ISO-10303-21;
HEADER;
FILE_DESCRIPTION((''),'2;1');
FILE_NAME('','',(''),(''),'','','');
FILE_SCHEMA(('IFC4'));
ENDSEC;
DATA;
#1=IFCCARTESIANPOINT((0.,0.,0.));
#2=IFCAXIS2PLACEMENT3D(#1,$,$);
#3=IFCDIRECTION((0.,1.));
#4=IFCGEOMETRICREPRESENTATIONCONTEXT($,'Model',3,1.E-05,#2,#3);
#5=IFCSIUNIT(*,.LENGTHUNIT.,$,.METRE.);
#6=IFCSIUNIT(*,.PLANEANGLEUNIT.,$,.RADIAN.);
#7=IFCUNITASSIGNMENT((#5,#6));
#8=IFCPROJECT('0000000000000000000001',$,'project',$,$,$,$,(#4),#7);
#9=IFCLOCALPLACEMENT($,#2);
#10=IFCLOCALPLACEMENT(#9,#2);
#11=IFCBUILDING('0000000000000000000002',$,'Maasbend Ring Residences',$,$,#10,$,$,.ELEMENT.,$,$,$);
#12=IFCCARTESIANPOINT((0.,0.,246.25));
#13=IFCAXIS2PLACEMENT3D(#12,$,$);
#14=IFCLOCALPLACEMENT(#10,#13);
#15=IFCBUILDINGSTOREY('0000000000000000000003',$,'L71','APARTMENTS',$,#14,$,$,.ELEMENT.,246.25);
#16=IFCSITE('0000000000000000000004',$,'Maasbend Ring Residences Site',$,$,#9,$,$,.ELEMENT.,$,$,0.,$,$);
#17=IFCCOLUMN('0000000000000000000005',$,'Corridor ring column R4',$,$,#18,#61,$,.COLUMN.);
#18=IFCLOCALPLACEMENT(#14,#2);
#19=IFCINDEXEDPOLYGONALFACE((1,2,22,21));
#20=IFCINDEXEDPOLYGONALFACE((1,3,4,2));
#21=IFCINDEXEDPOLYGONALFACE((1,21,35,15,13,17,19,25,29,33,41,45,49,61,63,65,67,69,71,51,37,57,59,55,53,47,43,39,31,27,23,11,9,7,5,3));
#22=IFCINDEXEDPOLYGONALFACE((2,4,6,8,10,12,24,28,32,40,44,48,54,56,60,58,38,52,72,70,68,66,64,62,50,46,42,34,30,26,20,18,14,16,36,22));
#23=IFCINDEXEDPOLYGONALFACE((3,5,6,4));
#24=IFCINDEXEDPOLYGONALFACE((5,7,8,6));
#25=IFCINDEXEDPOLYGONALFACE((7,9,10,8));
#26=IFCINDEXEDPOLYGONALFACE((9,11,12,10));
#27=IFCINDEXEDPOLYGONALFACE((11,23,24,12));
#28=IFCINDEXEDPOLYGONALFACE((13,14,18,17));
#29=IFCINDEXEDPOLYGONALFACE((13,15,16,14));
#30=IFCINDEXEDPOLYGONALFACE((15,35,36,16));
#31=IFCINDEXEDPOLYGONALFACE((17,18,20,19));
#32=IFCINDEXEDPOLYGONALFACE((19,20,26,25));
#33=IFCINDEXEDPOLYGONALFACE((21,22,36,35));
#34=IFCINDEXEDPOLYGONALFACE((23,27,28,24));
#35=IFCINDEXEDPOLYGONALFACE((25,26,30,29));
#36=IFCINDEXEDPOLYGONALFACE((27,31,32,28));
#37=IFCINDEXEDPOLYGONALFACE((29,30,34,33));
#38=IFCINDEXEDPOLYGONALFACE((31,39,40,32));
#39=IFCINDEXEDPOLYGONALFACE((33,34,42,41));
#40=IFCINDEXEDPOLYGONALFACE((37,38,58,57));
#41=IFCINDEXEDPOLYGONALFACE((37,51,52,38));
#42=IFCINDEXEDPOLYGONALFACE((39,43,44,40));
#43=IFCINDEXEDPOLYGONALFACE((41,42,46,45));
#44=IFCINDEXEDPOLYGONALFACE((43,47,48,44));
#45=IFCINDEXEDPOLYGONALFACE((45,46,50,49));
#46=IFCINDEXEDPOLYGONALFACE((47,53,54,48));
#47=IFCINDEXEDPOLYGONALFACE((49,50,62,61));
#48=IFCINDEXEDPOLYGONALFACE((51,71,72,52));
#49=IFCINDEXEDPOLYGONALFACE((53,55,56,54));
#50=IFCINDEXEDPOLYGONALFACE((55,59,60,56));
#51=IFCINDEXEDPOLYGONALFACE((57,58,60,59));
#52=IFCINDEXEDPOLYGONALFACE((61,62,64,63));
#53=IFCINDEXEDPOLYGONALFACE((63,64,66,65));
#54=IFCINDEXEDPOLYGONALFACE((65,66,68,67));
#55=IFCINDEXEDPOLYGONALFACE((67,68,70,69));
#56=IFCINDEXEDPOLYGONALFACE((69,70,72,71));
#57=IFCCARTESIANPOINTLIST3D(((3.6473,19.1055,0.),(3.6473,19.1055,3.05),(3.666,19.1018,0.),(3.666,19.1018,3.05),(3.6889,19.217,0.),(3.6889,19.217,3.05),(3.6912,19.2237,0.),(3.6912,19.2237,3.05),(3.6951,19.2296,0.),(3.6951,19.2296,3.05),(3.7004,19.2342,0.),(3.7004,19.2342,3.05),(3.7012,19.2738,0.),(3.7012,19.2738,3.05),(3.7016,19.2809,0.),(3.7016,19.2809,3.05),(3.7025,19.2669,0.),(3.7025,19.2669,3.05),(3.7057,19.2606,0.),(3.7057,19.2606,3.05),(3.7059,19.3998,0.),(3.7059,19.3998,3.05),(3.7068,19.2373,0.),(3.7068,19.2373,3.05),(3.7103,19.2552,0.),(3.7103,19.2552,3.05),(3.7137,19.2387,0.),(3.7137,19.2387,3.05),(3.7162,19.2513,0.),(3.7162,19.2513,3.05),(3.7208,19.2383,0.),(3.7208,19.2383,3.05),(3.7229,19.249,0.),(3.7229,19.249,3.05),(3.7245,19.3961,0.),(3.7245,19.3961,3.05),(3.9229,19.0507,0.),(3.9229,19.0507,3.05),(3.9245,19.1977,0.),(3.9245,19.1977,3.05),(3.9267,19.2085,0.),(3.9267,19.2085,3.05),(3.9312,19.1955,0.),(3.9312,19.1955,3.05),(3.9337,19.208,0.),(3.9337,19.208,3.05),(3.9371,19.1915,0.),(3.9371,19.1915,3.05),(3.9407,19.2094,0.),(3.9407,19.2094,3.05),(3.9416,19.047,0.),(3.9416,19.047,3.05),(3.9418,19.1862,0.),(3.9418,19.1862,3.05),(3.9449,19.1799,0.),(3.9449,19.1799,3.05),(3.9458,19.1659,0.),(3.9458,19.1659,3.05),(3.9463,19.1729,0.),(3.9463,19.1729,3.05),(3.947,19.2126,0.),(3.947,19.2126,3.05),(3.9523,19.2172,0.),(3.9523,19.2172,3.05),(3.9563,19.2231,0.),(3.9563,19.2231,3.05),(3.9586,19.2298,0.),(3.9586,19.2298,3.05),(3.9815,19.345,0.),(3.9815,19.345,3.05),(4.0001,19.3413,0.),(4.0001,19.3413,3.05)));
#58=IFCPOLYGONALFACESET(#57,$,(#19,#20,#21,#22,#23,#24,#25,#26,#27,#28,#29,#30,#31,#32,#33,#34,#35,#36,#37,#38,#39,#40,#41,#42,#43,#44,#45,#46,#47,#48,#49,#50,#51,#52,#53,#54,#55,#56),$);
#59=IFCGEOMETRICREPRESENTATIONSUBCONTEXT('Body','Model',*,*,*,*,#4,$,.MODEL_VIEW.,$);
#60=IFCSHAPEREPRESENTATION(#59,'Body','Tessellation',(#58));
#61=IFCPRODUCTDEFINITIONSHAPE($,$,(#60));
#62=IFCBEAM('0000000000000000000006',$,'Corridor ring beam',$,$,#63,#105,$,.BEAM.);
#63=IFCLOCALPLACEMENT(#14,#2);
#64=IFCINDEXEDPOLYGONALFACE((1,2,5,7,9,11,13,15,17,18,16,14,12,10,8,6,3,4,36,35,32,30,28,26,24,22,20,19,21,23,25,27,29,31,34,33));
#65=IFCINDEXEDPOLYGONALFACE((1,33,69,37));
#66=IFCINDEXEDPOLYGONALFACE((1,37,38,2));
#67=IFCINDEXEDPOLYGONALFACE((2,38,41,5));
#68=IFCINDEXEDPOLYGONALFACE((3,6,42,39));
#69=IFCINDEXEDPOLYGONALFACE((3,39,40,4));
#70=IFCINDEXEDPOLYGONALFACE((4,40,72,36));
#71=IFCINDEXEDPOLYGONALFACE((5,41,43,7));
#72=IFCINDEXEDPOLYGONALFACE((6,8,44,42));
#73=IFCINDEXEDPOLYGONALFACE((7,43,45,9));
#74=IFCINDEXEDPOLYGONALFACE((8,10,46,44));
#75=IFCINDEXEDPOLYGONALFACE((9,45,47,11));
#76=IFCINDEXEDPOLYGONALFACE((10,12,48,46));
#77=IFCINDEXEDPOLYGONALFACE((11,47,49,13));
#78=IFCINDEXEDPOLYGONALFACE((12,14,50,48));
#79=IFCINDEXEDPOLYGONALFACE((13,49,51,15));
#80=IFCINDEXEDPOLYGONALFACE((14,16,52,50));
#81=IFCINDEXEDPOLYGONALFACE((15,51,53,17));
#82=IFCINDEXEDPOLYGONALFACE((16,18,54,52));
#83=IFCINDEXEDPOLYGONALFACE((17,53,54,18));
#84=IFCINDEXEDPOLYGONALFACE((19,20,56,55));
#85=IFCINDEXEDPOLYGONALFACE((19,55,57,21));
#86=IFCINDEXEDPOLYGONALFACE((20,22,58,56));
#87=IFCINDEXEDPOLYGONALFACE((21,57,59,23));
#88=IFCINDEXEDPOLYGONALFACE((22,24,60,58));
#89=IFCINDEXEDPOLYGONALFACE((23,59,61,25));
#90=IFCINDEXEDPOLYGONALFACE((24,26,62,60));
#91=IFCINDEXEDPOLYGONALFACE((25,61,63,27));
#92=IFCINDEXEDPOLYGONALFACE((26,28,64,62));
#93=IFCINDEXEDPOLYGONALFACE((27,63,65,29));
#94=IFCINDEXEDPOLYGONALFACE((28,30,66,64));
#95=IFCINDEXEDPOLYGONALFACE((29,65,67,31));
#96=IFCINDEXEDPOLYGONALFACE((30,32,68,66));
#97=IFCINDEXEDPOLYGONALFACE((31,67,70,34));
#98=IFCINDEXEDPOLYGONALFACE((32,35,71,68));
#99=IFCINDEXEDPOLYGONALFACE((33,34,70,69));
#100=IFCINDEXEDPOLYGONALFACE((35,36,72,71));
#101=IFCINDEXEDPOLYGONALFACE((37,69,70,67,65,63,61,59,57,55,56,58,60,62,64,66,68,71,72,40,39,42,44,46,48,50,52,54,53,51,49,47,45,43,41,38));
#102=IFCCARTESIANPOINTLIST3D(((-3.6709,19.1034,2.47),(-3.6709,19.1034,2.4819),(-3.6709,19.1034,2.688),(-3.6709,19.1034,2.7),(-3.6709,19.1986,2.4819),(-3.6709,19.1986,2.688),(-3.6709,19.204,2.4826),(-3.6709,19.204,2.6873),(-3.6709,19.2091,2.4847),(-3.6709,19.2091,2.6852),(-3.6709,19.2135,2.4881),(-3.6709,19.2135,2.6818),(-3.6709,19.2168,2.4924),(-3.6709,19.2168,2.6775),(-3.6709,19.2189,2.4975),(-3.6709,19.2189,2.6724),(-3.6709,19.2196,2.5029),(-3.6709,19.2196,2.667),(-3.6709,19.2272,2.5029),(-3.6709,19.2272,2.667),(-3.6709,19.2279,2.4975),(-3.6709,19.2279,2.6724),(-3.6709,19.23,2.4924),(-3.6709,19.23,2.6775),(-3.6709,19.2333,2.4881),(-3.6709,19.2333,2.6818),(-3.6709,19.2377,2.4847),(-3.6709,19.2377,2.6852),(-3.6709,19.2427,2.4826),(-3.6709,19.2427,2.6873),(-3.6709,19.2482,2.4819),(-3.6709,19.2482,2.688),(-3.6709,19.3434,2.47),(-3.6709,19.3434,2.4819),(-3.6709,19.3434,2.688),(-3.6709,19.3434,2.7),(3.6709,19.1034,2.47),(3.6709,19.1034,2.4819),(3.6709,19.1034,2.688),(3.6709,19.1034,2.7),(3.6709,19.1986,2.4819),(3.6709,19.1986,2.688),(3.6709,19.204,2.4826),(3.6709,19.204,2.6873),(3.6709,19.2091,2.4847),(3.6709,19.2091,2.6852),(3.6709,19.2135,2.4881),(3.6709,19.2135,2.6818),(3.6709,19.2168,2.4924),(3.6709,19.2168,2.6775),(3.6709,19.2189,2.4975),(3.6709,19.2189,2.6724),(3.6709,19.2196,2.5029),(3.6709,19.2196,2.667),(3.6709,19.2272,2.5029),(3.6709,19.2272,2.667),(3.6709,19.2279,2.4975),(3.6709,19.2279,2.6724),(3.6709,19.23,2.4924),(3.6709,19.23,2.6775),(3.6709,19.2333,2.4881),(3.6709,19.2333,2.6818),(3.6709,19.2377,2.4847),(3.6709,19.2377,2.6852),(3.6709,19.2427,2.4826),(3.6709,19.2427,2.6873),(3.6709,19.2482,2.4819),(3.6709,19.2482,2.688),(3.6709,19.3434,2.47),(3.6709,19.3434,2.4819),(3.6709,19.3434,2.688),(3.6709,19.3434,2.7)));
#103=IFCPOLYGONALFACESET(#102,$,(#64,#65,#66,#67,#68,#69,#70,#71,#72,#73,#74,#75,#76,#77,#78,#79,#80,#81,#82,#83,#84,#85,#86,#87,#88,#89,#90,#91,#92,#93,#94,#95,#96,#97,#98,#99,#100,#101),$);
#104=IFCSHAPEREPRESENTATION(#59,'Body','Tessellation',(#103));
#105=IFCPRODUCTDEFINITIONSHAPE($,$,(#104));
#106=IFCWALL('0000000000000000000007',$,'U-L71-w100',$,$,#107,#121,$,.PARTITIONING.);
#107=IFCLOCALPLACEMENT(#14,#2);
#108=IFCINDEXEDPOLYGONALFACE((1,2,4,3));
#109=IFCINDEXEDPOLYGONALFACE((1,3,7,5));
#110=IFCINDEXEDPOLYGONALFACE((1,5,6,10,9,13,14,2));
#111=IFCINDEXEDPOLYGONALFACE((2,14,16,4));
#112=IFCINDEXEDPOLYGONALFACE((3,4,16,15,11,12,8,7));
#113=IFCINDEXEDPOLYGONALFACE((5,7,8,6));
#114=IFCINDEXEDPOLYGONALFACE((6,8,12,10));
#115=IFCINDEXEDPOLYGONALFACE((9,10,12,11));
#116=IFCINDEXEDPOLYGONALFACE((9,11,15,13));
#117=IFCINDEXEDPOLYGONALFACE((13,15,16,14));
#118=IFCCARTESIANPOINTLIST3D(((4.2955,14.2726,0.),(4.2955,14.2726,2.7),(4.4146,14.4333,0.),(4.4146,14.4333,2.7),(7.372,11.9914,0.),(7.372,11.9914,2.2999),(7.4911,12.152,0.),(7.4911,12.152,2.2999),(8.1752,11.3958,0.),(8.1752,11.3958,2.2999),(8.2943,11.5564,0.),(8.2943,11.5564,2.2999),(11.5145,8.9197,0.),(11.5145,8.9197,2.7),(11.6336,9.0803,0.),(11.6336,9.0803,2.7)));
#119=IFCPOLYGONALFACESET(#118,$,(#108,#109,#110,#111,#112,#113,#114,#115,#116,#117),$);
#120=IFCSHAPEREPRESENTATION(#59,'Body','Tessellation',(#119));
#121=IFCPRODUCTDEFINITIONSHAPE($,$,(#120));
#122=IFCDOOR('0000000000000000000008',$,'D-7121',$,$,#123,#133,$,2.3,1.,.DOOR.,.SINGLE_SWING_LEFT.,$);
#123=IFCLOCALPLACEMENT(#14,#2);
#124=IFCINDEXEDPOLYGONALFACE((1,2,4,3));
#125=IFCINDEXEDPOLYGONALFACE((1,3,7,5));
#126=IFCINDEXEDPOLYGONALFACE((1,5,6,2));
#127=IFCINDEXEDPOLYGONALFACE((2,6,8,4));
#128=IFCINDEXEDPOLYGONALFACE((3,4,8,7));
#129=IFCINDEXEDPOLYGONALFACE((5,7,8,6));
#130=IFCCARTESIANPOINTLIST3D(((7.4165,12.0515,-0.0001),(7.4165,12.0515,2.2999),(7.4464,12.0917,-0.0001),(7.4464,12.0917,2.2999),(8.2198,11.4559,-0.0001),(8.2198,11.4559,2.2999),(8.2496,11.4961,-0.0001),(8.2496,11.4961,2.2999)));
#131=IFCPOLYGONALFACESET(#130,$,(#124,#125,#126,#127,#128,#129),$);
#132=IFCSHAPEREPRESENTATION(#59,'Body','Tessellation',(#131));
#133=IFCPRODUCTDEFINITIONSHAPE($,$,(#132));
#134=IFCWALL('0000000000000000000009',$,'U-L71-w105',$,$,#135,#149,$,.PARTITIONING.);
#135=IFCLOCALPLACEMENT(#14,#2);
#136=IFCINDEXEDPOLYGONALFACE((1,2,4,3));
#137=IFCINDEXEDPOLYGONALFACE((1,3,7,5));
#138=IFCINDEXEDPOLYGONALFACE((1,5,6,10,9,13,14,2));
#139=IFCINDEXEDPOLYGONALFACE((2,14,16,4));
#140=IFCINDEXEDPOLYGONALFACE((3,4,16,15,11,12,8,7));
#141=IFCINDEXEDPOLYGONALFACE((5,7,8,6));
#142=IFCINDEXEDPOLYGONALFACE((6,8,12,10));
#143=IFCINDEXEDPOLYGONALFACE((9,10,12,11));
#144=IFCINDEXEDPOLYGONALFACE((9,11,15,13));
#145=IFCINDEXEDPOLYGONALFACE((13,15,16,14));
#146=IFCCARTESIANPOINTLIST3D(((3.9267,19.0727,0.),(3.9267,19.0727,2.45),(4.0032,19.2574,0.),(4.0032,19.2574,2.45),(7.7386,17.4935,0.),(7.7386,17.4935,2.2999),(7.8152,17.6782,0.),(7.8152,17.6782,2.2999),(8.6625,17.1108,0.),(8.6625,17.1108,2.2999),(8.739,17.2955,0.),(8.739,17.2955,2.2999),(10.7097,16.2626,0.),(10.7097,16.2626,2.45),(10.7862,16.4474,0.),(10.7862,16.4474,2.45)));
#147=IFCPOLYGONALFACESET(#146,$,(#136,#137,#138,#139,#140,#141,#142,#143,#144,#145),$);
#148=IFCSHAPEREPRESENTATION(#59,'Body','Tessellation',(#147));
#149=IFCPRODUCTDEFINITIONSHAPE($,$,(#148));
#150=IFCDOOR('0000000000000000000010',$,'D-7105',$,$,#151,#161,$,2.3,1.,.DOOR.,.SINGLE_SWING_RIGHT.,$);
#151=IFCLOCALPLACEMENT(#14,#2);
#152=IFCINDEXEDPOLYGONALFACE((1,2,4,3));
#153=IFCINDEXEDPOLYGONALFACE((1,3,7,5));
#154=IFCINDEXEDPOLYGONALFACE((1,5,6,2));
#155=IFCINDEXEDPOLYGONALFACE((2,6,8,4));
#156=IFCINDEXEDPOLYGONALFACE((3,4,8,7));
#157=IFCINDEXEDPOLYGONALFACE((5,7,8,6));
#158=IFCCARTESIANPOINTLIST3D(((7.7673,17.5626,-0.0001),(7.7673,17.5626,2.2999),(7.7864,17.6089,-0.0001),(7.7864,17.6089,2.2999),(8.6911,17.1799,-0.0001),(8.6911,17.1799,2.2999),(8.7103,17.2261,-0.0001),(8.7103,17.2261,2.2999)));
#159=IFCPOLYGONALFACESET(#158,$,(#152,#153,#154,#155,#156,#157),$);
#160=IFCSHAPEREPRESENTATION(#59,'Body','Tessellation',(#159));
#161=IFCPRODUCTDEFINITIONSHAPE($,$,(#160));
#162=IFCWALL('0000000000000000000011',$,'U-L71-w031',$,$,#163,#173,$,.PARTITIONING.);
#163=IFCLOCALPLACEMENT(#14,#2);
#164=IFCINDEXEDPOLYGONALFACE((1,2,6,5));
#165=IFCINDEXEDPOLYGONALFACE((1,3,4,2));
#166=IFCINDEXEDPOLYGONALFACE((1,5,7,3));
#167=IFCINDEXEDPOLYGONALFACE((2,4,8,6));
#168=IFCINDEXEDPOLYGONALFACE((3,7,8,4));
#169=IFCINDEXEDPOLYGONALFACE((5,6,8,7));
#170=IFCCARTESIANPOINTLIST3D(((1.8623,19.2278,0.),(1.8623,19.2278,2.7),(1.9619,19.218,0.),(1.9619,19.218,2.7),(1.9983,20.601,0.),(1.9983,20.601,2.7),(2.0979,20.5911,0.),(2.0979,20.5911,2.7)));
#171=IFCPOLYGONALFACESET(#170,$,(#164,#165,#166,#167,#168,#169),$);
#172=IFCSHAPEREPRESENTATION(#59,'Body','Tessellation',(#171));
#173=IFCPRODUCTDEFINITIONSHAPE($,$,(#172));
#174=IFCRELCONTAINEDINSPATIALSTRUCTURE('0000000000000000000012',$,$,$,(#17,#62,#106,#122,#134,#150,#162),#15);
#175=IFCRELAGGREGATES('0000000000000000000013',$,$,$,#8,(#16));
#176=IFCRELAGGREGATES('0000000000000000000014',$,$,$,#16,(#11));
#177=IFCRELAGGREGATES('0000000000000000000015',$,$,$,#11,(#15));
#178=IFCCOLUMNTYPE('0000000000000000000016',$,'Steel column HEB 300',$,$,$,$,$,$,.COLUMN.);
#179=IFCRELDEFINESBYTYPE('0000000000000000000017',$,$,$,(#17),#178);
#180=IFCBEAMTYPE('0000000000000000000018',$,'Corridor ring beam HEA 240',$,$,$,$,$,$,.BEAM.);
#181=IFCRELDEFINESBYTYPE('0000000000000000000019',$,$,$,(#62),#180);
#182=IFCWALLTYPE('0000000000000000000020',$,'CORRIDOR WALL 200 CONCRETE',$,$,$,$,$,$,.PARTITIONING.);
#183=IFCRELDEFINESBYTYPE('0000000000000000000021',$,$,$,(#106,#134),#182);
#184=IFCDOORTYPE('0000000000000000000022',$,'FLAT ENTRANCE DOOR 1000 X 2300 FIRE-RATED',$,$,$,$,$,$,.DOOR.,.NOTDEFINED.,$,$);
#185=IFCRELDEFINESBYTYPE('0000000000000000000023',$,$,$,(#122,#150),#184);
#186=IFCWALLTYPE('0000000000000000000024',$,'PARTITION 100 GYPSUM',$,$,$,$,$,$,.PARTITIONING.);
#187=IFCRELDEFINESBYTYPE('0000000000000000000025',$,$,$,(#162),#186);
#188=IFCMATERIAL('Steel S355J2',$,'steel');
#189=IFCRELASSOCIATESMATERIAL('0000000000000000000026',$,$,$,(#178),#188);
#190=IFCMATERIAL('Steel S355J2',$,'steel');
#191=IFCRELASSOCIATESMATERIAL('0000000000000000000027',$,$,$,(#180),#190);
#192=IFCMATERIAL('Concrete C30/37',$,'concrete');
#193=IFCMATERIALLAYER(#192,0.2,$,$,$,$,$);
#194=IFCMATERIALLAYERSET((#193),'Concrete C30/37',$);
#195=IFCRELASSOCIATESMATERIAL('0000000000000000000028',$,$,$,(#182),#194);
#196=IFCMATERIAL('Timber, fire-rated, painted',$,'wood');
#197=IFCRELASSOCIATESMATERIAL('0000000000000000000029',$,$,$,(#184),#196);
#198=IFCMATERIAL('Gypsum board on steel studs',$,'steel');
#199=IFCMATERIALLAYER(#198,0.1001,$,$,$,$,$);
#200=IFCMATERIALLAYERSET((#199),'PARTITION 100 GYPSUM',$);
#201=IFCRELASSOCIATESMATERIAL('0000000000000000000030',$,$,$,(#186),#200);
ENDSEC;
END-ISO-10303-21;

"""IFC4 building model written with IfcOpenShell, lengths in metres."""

from ifc_helpers import new_model, si_unit, direction, frame, frame_2d, origin, origin_2d, place, context, subcontext, project, spatial, rectangle, i_section, extrude, material, layer, layer_set, material_profile, profile_set, type_object, element, fill, save


model = new_model("IFC4")

# Units and contexts
model_context = context("Model", 3, precision=1e-05, world=origin(), true_north=direction((0.0, 1.0)))
body_context = subcontext(model_context, "Body", "Model", "MODEL_VIEW")
ifc_project = project(units=[si_unit("LENGTHUNIT", "METRE"), si_unit("PLANEANGLEUNIT", "RADIAN")], contexts=[model_context])

# Site, building, storey
site_placement = place(None, origin())
site = spatial("IfcSite", under=ifc_project, at=site_placement, Name="Maasbend Ring Residences Site", CompositionType="ELEMENT", RefElevation=0.0)
building_placement = place(site_placement, origin())
building = spatial("IfcBuilding", under=site, at=building_placement, Name="Maasbend Ring Residences", CompositionType="ELEMENT")
storey_placement = place(building_placement, frame((0.0, 0.0, 246.25)))
storey = spatial("IfcBuildingStorey", under=building, at=storey_placement, Name="L71", Description="APARTMENTS", CompositionType="ELEMENT", Elevation=246.25)

# Column
ifc_material_1 = material(Name="Steel S355J2", Category="steel")
ifc_material_profile_1 = material_profile(ifc_material_1, i_section(OverallWidth=0.3, OverallDepth=0.3, WebThickness=0.011, FlangeThickness=0.019, FilletRadius=0.0271, at=origin_2d()), Name="HEB 300")
ifc_profile_set_1 = profile_set([ifc_material_profile_1], Name="Steel S355J2")
column_type = type_object("IfcColumnType", Name="Steel column HEB 300", PredefinedType="COLUMN", material=ifc_profile_set_1)
column_placement = place(storey_placement, frame((3.8237, 19.2234, 0.0), z_axis=(0.0, 0.0, 1.0), x_axis=(0.19509, 0.980785, 0.0)))
element("IfcColumn", 1, at=column_placement, inside=storey, type_object=column_type, Name="Corridor ring column R4", PredefinedType="COLUMN", context=body_context, shape_type="SweptSolid", body=[
    extrude(i_section(OverallWidth=0.3, OverallDepth=0.3, WebThickness=0.011, FlangeThickness=0.019, FilletRadius=0.0271, at=origin_2d()), origin(), (0.0, 0.0, 1.0), 3.05),
])

# Beam
ifc_material_2 = material(Name="Steel S355J2", Category="steel")
ifc_material_profile_2 = material_profile(ifc_material_2, i_section(OverallWidth=0.24, OverallDepth=0.23, WebThickness=0.0076, FlangeThickness=0.012, FilletRadius=0.021, at=origin_2d()), Name="HEA 240")
ifc_profile_set_2 = profile_set([ifc_material_profile_2], Name="Steel S355J2")
beam_type = type_object("IfcBeamType", Name="Corridor ring beam HEA 240", PredefinedType="BEAM", material=ifc_profile_set_2)
beam_placement = place(storey_placement, frame((3.6709, 19.2234, 2.585), z_axis=(-1.0, 0.0, 0.0), x_axis=(0.0, -1.0, 0.0)))
element("IfcBeam", 2, at=beam_placement, inside=storey, type_object=beam_type, Name="Corridor ring beam", PredefinedType="BEAM", context=body_context, shape_type="SweptSolid", body=[
    extrude(i_section(OverallWidth=0.24, OverallDepth=0.23, WebThickness=0.0076, FlangeThickness=0.012, FilletRadius=0.021, at=origin_2d()), origin(), (0.0, 0.0, 1.0), 7.3418),
])

# Walls, openings, doors
ifc_material_3 = material(Name="Concrete C30/37", Category="concrete")
ifc_layer_1 = layer(ifc_material_3, 0.2)
ifc_layer_set_1 = layer_set([ifc_layer_1], Name="Concrete C30/37")
wall_type_1 = type_object("IfcWallType", Name="CORRIDOR WALL 200 CONCRETE", PredefinedType="PARTITIONING", material=ifc_layer_set_1)
wall_1_placement = place(storey_placement, frame((4.355, 14.353, 0.0), z_axis=(0.0, 0.0, 1.0), x_axis=(0.803258, -0.595632, 0.0)))
wall_1 = element("IfcWall", 3, at=wall_1_placement, inside=storey, type_object=wall_type_1, Name="U-L71-w100", PredefinedType="PARTITIONING", context=body_context, shape_type="SweptSolid", body=[
    extrude(rectangle(XDim=8.9871, YDim=0.2, at=frame_2d((4.4937, 0.0))), origin(), (0.0, 0.0, 1.0), 2.7),
])
opening_1_placement = place(wall_1_placement, frame((3.8301, 0.0, 0.0)))
opening_1 = element("IfcOpeningElement", 4, at=opening_1_placement, cuts=wall_1, PredefinedType="OPENING", context=body_context, shape_type="SweptSolid", body=[
    extrude(rectangle(XDim=1.0, YDim=2.3, at=frame_2d((0.5, 1.1499))), frame((0.0, 0.1099, 0.0), z_axis=(0.0, -1.0, 0.0), x_axis=(1.0, 0.0, 0.0)), (0.0, 0.0, 1.0), 0.22),
])
ifc_material_4 = material(Name="Timber, fire-rated, painted", Category="wood")
door_type_1 = type_object("IfcDoorType", Name="FLAT ENTRANCE DOOR 1000 X 2300 FIRE-RATED", OperationType="NOTDEFINED", PredefinedType="DOOR", material=ifc_material_4)
door_1_placement = place(opening_1_placement, origin())
door_1 = element("IfcDoor", 5, at=door_1_placement, inside=storey, type_object=door_type_1, Name="D-7121", OperationType="SINGLE_SWING_LEFT", OverallHeight=2.3, OverallWidth=1.0, PredefinedType="DOOR", context=body_context, shape_type="SweptSolid", body=[
    extrude(rectangle(XDim=1.0, YDim=2.3, at=frame_2d((0.5, 1.1499))), frame((0.0, 0.0249, 0.0), z_axis=(0.0, -1.0, 0.0), x_axis=(1.0, 0.0, 0.0)), (0.0, 0.0, 1.0), 0.05),
])
fill(opening_1, door_1)
wall_2_placement = place(storey_placement, frame((3.9651, 19.165, 0.0), z_axis=(0.0, 0.0, 1.0), x_axis=(0.923857, -0.382737, 0.0)))
wall_2 = element("IfcWall", 6, at=wall_2_placement, inside=storey, type_object=wall_type_1, Name="U-L71-w105", PredefinedType="PARTITIONING", context=body_context, shape_type="SweptSolid", body=[
    extrude(rectangle(XDim=7.342, YDim=0.2, at=frame_2d((3.6709, 0.0))), origin(), (0.0, 0.0, 1.0), 2.45),
])
opening_2_placement = place(wall_2_placement, frame((4.126, 0.0, 0.0)))
opening_2 = element("IfcOpeningElement", 7, at=opening_2_placement, cuts=wall_2, PredefinedType="OPENING", context=body_context, shape_type="SweptSolid", body=[
    extrude(rectangle(XDim=1.0, YDim=2.3, at=frame_2d((0.5, 1.1499))), frame((0.0, 0.1099, 0.0), z_axis=(0.0, -1.0, 0.0), x_axis=(1.0, 0.0, 0.0)), (0.0, 0.0, 1.0), 0.22),
])
door_2_placement = place(opening_2_placement, origin())
door_2 = element("IfcDoor", 8, at=door_2_placement, inside=storey, type_object=door_type_1, Name="D-7105", OperationType="SINGLE_SWING_RIGHT", OverallHeight=2.3, OverallWidth=1.0, PredefinedType="DOOR", context=body_context, shape_type="SweptSolid", body=[
    extrude(rectangle(XDim=1.0, YDim=2.3, at=frame_2d((0.5, 1.1499))), frame((0.0, 0.0249, 0.0), z_axis=(0.0, -1.0, 0.0), x_axis=(1.0, 0.0, 0.0)), (0.0, 0.0, 1.0), 0.05),
])
fill(opening_2, door_2)

# Wall
ifc_material_5 = material(Name="Gypsum board on steel studs", Category="steel")
ifc_layer_2 = layer(ifc_material_5, 0.1001)
ifc_layer_set_2 = layer_set([ifc_layer_2], Name="PARTITION 100 GYPSUM")
wall_type_2 = type_object("IfcWallType", Name="PARTITION 100 GYPSUM", PredefinedType="PARTITIONING", material=ifc_layer_set_2)
wall_3_placement = place(storey_placement, frame((1.9121, 19.2229, 0.0), z_axis=(0.0, 0.0, 1.0), x_axis=(0.098558, 0.995131, 0.0)))
element("IfcWall", 9, at=wall_3_placement, inside=storey, type_object=wall_type_2, Name="U-L71-w031", PredefinedType="PARTITIONING", context=body_context, shape_type="SweptSolid", body=[
    extrude(rectangle(XDim=1.3799, YDim=0.1001, at=frame_2d((0.6899, 0.0))), origin(), (0.0, 0.0, 1.0), 2.7),
])

save(model, "model.ifc")
